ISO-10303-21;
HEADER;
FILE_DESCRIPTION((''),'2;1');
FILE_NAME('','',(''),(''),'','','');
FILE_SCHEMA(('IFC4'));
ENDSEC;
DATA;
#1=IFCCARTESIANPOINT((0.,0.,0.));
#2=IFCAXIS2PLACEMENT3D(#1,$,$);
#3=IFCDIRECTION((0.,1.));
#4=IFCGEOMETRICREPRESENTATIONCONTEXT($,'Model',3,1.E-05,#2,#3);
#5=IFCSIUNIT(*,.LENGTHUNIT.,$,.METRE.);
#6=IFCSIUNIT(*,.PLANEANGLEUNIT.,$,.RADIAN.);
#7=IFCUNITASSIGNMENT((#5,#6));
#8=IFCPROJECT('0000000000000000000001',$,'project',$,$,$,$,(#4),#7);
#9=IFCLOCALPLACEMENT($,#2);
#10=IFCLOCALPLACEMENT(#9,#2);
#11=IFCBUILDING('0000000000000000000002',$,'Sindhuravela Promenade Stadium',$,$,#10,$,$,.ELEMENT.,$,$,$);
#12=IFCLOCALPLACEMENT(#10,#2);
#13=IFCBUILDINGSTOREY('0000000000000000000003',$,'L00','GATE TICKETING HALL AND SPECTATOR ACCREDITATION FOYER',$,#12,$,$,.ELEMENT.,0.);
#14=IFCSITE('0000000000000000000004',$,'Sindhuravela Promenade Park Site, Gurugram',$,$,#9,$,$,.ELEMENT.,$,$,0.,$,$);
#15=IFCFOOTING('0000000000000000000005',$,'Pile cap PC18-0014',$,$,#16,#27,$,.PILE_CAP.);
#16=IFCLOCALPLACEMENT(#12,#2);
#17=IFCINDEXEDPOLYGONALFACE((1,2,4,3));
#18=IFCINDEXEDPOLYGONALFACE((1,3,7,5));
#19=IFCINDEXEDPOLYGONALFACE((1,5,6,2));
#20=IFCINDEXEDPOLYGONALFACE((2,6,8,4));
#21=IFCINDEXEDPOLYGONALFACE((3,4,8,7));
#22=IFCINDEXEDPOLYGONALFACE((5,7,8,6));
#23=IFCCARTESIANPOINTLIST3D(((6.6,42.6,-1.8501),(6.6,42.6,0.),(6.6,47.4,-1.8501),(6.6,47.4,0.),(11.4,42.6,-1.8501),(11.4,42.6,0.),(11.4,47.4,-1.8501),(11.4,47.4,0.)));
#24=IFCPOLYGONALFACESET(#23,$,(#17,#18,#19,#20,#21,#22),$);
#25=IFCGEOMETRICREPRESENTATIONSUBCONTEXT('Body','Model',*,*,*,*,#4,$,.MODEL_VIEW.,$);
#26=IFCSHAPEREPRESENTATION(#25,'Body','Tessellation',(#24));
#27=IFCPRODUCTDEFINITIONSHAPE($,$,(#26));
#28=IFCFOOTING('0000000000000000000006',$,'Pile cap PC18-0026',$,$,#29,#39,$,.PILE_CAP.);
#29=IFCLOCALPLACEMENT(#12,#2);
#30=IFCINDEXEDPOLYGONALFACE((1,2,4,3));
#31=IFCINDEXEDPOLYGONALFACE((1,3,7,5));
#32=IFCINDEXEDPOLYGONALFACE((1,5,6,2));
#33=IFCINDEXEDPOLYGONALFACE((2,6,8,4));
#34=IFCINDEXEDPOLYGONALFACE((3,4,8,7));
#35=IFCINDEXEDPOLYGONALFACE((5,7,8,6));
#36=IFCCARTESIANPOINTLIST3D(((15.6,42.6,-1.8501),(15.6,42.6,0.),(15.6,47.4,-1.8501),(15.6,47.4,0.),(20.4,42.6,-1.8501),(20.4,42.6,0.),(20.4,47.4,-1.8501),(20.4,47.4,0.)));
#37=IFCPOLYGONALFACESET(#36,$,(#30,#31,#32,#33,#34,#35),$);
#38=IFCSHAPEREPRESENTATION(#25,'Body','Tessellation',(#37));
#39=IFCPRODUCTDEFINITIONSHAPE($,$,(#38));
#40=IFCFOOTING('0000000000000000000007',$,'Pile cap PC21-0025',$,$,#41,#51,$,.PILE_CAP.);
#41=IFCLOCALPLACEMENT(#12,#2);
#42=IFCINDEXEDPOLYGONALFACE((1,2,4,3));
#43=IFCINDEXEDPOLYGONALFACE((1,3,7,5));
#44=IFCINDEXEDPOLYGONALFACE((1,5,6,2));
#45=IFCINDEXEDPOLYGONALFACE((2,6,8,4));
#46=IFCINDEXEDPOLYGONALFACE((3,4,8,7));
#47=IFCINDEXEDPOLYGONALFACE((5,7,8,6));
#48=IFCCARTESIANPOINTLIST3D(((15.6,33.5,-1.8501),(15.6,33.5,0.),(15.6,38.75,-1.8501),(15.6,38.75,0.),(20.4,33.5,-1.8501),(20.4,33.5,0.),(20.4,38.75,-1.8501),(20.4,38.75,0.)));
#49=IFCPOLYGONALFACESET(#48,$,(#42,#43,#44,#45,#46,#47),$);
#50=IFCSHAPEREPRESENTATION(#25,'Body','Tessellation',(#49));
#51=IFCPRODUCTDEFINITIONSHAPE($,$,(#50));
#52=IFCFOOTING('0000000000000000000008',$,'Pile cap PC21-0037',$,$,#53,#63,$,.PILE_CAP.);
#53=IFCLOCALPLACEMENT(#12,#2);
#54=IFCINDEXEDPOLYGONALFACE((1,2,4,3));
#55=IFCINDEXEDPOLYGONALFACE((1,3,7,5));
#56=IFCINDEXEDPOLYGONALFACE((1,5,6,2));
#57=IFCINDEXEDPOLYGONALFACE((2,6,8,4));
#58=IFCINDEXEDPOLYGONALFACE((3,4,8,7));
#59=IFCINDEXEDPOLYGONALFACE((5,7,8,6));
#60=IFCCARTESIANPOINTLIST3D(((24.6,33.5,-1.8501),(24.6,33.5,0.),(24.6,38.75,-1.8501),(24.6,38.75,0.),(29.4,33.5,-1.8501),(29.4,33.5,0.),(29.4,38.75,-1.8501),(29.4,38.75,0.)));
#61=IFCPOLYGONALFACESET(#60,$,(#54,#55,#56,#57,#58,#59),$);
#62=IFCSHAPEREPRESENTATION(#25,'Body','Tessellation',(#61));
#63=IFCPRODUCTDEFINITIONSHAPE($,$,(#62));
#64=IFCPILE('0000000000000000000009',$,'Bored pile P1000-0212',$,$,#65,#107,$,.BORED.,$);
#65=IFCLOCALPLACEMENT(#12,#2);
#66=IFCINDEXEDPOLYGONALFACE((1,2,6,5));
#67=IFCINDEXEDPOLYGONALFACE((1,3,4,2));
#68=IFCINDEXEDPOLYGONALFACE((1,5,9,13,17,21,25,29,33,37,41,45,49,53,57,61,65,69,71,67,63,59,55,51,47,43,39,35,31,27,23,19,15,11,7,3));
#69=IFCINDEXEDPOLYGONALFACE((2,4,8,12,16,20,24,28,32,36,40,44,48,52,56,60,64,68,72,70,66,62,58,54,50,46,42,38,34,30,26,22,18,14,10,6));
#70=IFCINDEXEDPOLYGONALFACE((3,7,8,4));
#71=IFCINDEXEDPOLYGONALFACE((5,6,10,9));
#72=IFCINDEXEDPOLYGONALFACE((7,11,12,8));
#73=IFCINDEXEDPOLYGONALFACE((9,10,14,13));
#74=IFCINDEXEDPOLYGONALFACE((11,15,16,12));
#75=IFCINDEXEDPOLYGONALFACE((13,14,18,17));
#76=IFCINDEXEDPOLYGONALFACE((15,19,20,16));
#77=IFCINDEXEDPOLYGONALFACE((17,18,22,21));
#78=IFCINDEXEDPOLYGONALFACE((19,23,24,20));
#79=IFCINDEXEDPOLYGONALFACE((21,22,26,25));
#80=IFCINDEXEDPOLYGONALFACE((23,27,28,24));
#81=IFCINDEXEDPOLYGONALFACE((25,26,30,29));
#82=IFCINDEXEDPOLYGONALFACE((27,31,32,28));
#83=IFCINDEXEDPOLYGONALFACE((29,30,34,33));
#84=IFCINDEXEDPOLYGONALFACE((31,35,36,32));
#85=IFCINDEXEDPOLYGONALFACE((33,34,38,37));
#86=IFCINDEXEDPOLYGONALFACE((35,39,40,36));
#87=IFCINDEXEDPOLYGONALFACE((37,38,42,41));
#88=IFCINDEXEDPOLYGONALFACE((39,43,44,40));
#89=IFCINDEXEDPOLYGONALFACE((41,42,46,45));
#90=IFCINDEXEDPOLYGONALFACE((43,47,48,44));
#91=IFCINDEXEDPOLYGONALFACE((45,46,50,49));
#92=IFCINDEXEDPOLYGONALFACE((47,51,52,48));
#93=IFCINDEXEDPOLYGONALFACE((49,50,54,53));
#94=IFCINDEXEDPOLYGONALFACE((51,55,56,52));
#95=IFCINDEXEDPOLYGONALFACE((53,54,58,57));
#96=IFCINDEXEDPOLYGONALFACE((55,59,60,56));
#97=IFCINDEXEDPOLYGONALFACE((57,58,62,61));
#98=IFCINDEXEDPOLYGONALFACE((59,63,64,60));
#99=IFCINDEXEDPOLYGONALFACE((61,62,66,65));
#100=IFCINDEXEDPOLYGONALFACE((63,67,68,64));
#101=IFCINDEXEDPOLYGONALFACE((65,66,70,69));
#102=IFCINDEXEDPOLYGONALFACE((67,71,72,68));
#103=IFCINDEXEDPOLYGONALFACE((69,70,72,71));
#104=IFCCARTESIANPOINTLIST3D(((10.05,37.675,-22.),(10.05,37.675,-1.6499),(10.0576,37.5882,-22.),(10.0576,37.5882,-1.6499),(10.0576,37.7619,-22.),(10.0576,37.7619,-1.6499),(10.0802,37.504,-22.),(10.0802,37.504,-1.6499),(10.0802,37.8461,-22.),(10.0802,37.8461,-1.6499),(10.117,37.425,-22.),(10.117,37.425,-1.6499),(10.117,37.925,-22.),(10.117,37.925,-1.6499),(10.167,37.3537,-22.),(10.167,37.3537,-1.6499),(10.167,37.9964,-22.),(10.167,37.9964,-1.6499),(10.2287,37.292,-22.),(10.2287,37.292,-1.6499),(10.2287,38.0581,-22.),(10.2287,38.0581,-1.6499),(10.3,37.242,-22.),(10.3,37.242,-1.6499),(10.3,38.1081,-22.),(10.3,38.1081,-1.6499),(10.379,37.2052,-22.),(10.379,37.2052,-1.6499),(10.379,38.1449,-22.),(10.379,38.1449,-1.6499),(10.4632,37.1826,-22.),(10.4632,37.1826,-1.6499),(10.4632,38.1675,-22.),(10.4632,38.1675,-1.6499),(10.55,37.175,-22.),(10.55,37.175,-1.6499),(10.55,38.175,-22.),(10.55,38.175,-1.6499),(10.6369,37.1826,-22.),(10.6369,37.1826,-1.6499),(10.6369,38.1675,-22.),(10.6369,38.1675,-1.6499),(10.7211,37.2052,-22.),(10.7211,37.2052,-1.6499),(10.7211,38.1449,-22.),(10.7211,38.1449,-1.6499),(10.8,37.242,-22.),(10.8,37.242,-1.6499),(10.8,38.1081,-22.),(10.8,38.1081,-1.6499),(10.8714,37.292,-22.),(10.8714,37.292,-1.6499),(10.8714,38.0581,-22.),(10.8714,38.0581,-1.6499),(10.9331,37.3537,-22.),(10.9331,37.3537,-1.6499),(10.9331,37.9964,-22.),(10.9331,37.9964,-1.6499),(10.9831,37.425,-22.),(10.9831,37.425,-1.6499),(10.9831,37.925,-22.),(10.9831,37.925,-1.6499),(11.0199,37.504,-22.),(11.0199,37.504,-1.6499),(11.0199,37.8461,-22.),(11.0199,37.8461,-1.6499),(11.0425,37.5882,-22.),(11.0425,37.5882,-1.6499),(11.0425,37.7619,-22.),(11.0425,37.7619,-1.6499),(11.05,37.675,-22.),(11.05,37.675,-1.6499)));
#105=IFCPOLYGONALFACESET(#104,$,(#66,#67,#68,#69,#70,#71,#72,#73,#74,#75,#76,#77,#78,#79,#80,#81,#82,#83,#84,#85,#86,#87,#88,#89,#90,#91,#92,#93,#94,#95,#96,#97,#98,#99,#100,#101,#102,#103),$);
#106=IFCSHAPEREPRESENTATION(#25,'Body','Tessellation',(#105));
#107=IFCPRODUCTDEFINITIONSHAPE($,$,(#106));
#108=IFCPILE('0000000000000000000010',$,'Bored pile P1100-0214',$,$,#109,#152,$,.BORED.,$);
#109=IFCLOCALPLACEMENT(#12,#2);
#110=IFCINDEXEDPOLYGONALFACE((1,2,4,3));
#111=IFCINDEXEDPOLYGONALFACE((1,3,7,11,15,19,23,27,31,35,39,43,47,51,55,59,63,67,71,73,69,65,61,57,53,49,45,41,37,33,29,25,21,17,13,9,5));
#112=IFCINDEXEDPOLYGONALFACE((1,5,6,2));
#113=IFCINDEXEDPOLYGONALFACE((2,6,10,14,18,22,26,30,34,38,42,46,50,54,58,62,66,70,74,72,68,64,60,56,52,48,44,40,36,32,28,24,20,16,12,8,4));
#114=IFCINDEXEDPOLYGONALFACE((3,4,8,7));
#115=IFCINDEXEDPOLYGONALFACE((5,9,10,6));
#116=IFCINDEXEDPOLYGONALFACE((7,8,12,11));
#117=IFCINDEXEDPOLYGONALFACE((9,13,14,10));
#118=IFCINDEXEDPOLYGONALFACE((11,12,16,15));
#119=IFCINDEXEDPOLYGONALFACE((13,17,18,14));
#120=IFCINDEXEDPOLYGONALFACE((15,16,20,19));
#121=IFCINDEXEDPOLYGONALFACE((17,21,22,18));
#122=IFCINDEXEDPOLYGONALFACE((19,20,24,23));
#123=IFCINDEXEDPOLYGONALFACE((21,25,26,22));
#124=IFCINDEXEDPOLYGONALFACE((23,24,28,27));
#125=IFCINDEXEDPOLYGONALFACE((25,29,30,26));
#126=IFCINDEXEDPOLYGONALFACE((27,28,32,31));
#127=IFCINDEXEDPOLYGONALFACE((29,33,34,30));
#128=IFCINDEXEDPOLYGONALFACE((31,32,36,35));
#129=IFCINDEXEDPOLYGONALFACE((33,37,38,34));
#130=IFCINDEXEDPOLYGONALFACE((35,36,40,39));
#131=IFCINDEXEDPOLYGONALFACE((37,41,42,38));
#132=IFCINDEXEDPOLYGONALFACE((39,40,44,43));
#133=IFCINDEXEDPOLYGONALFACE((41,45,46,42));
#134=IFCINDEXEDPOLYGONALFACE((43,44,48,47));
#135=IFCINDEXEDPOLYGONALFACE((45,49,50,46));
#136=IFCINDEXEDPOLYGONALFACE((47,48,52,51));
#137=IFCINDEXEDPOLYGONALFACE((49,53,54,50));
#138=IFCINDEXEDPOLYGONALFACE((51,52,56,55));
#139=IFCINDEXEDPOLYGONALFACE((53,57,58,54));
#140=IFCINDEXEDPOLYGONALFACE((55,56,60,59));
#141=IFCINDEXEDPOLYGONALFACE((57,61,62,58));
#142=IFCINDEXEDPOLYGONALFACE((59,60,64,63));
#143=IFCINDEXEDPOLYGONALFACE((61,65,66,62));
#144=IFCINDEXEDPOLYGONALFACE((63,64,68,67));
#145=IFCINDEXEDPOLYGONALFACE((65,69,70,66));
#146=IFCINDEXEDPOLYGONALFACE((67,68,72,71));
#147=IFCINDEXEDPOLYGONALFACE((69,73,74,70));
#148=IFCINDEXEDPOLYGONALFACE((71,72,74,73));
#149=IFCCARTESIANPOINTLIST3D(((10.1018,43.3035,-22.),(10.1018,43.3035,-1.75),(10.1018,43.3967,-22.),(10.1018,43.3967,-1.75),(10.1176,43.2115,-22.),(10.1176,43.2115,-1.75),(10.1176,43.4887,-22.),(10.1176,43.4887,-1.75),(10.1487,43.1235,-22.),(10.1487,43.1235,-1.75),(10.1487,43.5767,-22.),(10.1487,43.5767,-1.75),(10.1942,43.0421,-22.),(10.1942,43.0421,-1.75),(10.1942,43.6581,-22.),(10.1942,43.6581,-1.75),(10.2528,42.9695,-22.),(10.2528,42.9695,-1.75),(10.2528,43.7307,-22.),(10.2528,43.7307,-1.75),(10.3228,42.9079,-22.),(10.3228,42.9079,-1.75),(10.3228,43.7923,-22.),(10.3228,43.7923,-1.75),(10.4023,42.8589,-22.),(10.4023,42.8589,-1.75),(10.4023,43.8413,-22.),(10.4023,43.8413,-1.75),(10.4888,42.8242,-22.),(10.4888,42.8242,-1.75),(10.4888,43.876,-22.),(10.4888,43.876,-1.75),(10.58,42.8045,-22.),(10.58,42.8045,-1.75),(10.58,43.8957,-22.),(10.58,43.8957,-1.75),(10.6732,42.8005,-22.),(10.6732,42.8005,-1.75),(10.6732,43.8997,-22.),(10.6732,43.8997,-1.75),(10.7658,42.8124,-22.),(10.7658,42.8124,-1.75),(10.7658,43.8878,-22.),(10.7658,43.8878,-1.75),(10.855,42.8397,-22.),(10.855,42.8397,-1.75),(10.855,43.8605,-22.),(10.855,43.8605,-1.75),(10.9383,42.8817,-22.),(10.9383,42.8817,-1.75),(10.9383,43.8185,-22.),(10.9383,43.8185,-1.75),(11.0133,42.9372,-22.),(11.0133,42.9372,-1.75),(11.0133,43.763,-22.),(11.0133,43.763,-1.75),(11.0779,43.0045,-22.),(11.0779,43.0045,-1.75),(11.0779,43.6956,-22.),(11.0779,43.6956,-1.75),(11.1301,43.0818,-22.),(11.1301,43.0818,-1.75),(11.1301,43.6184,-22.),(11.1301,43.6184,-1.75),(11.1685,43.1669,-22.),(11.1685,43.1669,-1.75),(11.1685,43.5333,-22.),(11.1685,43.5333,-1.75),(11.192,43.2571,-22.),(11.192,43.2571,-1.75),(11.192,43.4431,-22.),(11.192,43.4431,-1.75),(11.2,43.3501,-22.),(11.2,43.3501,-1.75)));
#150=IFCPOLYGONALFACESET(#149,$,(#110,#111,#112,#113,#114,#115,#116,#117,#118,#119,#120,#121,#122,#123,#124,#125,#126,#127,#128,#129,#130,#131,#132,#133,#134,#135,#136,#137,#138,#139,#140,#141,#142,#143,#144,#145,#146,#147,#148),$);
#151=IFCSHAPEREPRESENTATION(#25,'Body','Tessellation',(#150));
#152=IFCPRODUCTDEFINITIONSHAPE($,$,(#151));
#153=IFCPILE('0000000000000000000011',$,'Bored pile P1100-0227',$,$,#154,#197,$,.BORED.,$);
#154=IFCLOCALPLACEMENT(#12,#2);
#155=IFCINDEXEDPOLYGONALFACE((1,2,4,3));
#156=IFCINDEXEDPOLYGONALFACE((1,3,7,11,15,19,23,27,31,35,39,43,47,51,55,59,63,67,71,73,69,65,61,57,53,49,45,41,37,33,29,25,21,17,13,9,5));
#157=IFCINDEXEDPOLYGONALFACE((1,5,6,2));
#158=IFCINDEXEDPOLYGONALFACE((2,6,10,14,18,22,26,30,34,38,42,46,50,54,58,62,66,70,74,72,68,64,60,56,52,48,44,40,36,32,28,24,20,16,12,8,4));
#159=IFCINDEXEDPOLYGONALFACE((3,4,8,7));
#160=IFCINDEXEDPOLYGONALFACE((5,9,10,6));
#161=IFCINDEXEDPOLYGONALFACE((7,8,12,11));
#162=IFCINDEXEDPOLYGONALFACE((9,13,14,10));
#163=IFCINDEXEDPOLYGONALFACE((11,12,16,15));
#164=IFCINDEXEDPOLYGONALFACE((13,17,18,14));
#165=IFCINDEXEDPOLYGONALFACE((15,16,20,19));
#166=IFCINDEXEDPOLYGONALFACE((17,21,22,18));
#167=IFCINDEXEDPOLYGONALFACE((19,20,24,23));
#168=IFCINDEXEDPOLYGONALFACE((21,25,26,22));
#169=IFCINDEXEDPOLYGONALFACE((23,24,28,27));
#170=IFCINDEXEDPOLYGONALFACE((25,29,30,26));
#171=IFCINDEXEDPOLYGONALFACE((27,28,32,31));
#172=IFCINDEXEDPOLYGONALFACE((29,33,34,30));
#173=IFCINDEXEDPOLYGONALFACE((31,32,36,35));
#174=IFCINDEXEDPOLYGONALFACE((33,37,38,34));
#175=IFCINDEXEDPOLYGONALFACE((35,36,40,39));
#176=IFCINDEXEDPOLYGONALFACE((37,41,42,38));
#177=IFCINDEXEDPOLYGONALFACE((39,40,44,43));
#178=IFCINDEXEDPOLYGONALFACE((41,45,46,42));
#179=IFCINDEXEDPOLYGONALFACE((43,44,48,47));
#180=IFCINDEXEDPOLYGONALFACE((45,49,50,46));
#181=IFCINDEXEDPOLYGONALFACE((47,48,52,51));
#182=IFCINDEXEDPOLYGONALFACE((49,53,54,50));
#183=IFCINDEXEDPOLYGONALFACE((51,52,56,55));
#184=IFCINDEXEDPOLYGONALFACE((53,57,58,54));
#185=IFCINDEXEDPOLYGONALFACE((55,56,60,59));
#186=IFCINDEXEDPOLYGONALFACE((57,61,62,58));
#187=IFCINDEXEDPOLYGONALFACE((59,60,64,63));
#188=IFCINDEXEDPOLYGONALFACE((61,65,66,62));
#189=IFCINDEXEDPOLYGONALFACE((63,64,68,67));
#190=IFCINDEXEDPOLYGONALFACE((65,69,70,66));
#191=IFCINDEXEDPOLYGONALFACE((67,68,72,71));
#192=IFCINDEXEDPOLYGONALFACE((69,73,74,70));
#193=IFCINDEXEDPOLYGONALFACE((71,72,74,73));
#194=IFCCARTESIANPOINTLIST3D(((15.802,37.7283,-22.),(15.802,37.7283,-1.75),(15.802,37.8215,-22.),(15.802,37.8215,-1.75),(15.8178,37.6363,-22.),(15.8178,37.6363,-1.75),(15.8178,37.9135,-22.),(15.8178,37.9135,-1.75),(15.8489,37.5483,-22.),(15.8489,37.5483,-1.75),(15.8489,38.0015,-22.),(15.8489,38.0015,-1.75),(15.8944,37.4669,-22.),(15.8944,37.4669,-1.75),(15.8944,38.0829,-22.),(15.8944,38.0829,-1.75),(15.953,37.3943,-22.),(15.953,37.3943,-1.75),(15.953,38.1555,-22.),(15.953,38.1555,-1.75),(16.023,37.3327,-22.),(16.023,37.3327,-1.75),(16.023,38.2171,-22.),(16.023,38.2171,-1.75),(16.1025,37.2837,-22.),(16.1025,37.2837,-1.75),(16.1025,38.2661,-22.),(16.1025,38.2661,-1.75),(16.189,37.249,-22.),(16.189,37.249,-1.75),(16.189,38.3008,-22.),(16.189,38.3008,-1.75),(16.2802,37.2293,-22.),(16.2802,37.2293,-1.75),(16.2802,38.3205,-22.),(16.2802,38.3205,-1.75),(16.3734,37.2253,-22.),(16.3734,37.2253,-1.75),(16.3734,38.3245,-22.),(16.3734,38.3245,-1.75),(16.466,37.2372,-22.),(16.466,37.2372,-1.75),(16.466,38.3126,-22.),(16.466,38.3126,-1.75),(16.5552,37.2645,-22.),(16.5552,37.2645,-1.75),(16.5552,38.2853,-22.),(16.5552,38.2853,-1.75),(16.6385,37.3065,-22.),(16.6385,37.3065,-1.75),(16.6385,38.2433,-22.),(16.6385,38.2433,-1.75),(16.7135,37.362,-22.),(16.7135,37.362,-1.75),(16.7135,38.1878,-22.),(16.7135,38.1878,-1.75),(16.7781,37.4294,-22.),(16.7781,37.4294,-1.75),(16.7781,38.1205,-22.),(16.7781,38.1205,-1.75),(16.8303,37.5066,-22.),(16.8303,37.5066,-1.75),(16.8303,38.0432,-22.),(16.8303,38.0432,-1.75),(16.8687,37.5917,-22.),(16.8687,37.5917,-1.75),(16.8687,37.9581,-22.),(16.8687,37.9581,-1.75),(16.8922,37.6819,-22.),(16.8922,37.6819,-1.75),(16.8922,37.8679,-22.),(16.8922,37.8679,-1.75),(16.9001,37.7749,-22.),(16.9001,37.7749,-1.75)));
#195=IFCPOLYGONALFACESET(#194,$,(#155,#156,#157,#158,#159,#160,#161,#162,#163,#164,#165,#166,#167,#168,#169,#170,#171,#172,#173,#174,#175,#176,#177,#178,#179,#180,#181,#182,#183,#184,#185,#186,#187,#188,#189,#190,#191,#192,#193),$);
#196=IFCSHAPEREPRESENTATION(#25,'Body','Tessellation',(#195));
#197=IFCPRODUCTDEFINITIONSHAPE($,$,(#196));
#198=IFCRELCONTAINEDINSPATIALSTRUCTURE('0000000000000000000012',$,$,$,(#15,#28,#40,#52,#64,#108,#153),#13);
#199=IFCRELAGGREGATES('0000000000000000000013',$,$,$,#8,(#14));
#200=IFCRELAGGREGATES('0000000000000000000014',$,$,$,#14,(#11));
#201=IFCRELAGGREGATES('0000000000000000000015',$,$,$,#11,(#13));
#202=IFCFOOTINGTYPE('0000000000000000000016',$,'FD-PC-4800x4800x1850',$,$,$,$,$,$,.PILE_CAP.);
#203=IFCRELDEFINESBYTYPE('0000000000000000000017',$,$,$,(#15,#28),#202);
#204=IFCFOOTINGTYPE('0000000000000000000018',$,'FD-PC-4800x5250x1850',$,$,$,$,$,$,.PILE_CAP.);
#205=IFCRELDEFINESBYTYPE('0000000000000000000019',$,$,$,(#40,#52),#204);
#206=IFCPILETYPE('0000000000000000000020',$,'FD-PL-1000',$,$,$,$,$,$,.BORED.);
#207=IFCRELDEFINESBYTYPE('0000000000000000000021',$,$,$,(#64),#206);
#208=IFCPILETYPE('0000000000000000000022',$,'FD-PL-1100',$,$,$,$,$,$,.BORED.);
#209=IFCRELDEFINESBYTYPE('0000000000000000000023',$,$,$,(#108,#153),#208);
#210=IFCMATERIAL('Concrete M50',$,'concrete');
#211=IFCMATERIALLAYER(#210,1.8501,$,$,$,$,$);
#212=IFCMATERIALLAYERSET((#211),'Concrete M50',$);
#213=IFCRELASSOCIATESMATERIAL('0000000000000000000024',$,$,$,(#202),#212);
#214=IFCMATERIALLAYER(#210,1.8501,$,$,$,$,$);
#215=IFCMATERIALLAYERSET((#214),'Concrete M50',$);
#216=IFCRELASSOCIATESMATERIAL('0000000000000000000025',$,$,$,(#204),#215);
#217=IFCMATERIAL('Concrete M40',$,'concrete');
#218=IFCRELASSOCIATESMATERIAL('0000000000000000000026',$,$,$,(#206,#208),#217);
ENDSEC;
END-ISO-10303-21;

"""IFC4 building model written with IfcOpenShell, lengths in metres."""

from ifc_helpers import new_model, si_unit, direction, frame, origin, origin_2d, place, context, subcontext, project, spatial, rectangle, circle, extrude, material, layer, layer_set, material_profile, profile_set, type_object, element, save


model = new_model("IFC4")

# Units and contexts
model_context = context("Model", 3, precision=1e-05, world=origin(), true_north=direction((0.0, 1.0)))
body_context = subcontext(model_context, "Body", "Model", "MODEL_VIEW")
ifc_project = project(units=[si_unit("LENGTHUNIT", "METRE"), si_unit("PLANEANGLEUNIT", "RADIAN")], contexts=[model_context])

# Site, building, storey
site_placement = place(None, origin())
site = spatial("IfcSite", under=ifc_project, at=site_placement, Name="Sindhuravela Promenade Park Site, Gurugram", CompositionType="ELEMENT", RefElevation=0.0)
building_placement = place(site_placement, origin())
building = spatial("IfcBuilding", under=site, at=building_placement, Name="Sindhuravela Promenade Stadium", CompositionType="ELEMENT")
storey_placement = place(building_placement, origin())
storey = spatial("IfcBuildingStorey", under=building, at=storey_placement, Name="L00", Description="GATE TICKETING HALL AND SPECTATOR ACCREDITATION FOYER", CompositionType="ELEMENT", Elevation=0.0)

# Footings
ifc_material_1 = material(Name="Concrete M50", Category="concrete")
ifc_layer_1 = layer(ifc_material_1, 1.8501)
ifc_layer_set_1 = layer_set([ifc_layer_1], Name="Concrete M50")
footing_type_1 = type_object("IfcFootingType", Name="FD-PC-4800x4800x1850", PredefinedType="PILE_CAP", material=ifc_layer_set_1)
for number, where, z_axis, x_axis, name in (
    (1, (9.0, 45.0, -1.8501), (0.0, 0.0, 1.0), (1.0, 0.0, 0.0), "Pile cap PC18-0014"),
    (2, (18.0, 45.0, -1.8501), (0.0, 0.0, 1.0), (1.0, 0.0, 0.0), "Pile cap PC18-0026"),
):
    element("IfcFooting", number, at=place(storey_placement, frame(where, z_axis=z_axis, x_axis=x_axis)), inside=storey, type_object=footing_type_1, Name=name, PredefinedType="PILE_CAP", context=body_context, shape_type="SweptSolid", body=[
        extrude(rectangle(XDim=4.8, YDim=4.8, at=origin_2d()), origin(), (0.0, 0.0, 1.0), 1.8501),
    ])
ifc_layer_2 = layer(ifc_material_1, 1.8501)
ifc_layer_set_2 = layer_set([ifc_layer_2], Name="Concrete M50")
footing_type_2 = type_object("IfcFootingType", Name="FD-PC-4800x5250x1850", PredefinedType="PILE_CAP", material=ifc_layer_set_2)
for number, where, z_axis, x_axis, name in (
    (3, (18.0, 36.125, -1.8501), (0.0, 0.0, 1.0), (1.0, 0.0, 0.0), "Pile cap PC21-0025"),
    (4, (27.0, 36.125, -1.8501), (0.0, 0.0, 1.0), (1.0, 0.0, 0.0), "Pile cap PC21-0037"),
):
    element("IfcFooting", number, at=place(storey_placement, frame(where, z_axis=z_axis, x_axis=x_axis)), inside=storey, type_object=footing_type_2, Name=name, PredefinedType="PILE_CAP", context=body_context, shape_type="SweptSolid", body=[
        extrude(rectangle(XDim=4.8, YDim=5.25, at=origin_2d()), origin(), (0.0, 0.0, 1.0), 1.8501),
    ])

# Piles
ifc_material_2 = material(Name="Concrete M40", Category="concrete")
ifc_material_profile_1 = material_profile(ifc_material_2, circle(Radius=0.5, at=origin_2d()), Name="BORED PILE D1000")
ifc_profile_set_1 = profile_set([ifc_material_profile_1], Name="Concrete M40")
pile_type_1 = type_object("IfcPileType", Name="FD-PL-1000", PredefinedType="BORED", material=ifc_profile_set_1)
pile_placement = place(storey_placement, frame((10.55, 37.675, -1.6499), z_axis=(0.0, 0.0, -1.0), x_axis=(1.0, 0.0, 0.0)))
element("IfcPile", 5, at=pile_placement, inside=storey, type_object=pile_type_1, Name="Bored pile P1000-0212", PredefinedType="BORED", context=body_context, shape_type="SweptSolid", body=[
    extrude(circle(Radius=0.5, at=origin_2d()), origin(), (0.0, 0.0, 1.0), 20.3501),
])
ifc_material_profile_2 = material_profile(ifc_material_2, circle(Radius=0.55, at=origin_2d()), Name="BORED PILE D1100")
ifc_profile_set_2 = profile_set([ifc_material_profile_2], Name="Concrete M40")
pile_type_2 = type_object("IfcPileType", Name="FD-PL-1100", PredefinedType="BORED", material=ifc_profile_set_2)
for number, where, z_axis, x_axis, name in (
    (6, (10.6499, 43.3501, -1.75), (0.0, 0.0, -1.0), (1.0, 0.0, 0.0), "Bored pile P1100-0214"),
    (7, (16.3501, 37.7749, -1.75), (0.0, 0.0, -1.0), (1.0, 0.0, 0.0), "Bored pile P1100-0227"),
):
    element("IfcPile", number, at=place(storey_placement, frame(where, z_axis=z_axis, x_axis=x_axis)), inside=storey, type_object=pile_type_2, Name=name, PredefinedType="BORED", context=body_context, shape_type="SweptSolid", body=[
        extrude(circle(Radius=0.55, at=origin_2d()), origin(), (0.0, 0.0, 1.0), 20.25),
    ])

save(model, "model.ifc")
